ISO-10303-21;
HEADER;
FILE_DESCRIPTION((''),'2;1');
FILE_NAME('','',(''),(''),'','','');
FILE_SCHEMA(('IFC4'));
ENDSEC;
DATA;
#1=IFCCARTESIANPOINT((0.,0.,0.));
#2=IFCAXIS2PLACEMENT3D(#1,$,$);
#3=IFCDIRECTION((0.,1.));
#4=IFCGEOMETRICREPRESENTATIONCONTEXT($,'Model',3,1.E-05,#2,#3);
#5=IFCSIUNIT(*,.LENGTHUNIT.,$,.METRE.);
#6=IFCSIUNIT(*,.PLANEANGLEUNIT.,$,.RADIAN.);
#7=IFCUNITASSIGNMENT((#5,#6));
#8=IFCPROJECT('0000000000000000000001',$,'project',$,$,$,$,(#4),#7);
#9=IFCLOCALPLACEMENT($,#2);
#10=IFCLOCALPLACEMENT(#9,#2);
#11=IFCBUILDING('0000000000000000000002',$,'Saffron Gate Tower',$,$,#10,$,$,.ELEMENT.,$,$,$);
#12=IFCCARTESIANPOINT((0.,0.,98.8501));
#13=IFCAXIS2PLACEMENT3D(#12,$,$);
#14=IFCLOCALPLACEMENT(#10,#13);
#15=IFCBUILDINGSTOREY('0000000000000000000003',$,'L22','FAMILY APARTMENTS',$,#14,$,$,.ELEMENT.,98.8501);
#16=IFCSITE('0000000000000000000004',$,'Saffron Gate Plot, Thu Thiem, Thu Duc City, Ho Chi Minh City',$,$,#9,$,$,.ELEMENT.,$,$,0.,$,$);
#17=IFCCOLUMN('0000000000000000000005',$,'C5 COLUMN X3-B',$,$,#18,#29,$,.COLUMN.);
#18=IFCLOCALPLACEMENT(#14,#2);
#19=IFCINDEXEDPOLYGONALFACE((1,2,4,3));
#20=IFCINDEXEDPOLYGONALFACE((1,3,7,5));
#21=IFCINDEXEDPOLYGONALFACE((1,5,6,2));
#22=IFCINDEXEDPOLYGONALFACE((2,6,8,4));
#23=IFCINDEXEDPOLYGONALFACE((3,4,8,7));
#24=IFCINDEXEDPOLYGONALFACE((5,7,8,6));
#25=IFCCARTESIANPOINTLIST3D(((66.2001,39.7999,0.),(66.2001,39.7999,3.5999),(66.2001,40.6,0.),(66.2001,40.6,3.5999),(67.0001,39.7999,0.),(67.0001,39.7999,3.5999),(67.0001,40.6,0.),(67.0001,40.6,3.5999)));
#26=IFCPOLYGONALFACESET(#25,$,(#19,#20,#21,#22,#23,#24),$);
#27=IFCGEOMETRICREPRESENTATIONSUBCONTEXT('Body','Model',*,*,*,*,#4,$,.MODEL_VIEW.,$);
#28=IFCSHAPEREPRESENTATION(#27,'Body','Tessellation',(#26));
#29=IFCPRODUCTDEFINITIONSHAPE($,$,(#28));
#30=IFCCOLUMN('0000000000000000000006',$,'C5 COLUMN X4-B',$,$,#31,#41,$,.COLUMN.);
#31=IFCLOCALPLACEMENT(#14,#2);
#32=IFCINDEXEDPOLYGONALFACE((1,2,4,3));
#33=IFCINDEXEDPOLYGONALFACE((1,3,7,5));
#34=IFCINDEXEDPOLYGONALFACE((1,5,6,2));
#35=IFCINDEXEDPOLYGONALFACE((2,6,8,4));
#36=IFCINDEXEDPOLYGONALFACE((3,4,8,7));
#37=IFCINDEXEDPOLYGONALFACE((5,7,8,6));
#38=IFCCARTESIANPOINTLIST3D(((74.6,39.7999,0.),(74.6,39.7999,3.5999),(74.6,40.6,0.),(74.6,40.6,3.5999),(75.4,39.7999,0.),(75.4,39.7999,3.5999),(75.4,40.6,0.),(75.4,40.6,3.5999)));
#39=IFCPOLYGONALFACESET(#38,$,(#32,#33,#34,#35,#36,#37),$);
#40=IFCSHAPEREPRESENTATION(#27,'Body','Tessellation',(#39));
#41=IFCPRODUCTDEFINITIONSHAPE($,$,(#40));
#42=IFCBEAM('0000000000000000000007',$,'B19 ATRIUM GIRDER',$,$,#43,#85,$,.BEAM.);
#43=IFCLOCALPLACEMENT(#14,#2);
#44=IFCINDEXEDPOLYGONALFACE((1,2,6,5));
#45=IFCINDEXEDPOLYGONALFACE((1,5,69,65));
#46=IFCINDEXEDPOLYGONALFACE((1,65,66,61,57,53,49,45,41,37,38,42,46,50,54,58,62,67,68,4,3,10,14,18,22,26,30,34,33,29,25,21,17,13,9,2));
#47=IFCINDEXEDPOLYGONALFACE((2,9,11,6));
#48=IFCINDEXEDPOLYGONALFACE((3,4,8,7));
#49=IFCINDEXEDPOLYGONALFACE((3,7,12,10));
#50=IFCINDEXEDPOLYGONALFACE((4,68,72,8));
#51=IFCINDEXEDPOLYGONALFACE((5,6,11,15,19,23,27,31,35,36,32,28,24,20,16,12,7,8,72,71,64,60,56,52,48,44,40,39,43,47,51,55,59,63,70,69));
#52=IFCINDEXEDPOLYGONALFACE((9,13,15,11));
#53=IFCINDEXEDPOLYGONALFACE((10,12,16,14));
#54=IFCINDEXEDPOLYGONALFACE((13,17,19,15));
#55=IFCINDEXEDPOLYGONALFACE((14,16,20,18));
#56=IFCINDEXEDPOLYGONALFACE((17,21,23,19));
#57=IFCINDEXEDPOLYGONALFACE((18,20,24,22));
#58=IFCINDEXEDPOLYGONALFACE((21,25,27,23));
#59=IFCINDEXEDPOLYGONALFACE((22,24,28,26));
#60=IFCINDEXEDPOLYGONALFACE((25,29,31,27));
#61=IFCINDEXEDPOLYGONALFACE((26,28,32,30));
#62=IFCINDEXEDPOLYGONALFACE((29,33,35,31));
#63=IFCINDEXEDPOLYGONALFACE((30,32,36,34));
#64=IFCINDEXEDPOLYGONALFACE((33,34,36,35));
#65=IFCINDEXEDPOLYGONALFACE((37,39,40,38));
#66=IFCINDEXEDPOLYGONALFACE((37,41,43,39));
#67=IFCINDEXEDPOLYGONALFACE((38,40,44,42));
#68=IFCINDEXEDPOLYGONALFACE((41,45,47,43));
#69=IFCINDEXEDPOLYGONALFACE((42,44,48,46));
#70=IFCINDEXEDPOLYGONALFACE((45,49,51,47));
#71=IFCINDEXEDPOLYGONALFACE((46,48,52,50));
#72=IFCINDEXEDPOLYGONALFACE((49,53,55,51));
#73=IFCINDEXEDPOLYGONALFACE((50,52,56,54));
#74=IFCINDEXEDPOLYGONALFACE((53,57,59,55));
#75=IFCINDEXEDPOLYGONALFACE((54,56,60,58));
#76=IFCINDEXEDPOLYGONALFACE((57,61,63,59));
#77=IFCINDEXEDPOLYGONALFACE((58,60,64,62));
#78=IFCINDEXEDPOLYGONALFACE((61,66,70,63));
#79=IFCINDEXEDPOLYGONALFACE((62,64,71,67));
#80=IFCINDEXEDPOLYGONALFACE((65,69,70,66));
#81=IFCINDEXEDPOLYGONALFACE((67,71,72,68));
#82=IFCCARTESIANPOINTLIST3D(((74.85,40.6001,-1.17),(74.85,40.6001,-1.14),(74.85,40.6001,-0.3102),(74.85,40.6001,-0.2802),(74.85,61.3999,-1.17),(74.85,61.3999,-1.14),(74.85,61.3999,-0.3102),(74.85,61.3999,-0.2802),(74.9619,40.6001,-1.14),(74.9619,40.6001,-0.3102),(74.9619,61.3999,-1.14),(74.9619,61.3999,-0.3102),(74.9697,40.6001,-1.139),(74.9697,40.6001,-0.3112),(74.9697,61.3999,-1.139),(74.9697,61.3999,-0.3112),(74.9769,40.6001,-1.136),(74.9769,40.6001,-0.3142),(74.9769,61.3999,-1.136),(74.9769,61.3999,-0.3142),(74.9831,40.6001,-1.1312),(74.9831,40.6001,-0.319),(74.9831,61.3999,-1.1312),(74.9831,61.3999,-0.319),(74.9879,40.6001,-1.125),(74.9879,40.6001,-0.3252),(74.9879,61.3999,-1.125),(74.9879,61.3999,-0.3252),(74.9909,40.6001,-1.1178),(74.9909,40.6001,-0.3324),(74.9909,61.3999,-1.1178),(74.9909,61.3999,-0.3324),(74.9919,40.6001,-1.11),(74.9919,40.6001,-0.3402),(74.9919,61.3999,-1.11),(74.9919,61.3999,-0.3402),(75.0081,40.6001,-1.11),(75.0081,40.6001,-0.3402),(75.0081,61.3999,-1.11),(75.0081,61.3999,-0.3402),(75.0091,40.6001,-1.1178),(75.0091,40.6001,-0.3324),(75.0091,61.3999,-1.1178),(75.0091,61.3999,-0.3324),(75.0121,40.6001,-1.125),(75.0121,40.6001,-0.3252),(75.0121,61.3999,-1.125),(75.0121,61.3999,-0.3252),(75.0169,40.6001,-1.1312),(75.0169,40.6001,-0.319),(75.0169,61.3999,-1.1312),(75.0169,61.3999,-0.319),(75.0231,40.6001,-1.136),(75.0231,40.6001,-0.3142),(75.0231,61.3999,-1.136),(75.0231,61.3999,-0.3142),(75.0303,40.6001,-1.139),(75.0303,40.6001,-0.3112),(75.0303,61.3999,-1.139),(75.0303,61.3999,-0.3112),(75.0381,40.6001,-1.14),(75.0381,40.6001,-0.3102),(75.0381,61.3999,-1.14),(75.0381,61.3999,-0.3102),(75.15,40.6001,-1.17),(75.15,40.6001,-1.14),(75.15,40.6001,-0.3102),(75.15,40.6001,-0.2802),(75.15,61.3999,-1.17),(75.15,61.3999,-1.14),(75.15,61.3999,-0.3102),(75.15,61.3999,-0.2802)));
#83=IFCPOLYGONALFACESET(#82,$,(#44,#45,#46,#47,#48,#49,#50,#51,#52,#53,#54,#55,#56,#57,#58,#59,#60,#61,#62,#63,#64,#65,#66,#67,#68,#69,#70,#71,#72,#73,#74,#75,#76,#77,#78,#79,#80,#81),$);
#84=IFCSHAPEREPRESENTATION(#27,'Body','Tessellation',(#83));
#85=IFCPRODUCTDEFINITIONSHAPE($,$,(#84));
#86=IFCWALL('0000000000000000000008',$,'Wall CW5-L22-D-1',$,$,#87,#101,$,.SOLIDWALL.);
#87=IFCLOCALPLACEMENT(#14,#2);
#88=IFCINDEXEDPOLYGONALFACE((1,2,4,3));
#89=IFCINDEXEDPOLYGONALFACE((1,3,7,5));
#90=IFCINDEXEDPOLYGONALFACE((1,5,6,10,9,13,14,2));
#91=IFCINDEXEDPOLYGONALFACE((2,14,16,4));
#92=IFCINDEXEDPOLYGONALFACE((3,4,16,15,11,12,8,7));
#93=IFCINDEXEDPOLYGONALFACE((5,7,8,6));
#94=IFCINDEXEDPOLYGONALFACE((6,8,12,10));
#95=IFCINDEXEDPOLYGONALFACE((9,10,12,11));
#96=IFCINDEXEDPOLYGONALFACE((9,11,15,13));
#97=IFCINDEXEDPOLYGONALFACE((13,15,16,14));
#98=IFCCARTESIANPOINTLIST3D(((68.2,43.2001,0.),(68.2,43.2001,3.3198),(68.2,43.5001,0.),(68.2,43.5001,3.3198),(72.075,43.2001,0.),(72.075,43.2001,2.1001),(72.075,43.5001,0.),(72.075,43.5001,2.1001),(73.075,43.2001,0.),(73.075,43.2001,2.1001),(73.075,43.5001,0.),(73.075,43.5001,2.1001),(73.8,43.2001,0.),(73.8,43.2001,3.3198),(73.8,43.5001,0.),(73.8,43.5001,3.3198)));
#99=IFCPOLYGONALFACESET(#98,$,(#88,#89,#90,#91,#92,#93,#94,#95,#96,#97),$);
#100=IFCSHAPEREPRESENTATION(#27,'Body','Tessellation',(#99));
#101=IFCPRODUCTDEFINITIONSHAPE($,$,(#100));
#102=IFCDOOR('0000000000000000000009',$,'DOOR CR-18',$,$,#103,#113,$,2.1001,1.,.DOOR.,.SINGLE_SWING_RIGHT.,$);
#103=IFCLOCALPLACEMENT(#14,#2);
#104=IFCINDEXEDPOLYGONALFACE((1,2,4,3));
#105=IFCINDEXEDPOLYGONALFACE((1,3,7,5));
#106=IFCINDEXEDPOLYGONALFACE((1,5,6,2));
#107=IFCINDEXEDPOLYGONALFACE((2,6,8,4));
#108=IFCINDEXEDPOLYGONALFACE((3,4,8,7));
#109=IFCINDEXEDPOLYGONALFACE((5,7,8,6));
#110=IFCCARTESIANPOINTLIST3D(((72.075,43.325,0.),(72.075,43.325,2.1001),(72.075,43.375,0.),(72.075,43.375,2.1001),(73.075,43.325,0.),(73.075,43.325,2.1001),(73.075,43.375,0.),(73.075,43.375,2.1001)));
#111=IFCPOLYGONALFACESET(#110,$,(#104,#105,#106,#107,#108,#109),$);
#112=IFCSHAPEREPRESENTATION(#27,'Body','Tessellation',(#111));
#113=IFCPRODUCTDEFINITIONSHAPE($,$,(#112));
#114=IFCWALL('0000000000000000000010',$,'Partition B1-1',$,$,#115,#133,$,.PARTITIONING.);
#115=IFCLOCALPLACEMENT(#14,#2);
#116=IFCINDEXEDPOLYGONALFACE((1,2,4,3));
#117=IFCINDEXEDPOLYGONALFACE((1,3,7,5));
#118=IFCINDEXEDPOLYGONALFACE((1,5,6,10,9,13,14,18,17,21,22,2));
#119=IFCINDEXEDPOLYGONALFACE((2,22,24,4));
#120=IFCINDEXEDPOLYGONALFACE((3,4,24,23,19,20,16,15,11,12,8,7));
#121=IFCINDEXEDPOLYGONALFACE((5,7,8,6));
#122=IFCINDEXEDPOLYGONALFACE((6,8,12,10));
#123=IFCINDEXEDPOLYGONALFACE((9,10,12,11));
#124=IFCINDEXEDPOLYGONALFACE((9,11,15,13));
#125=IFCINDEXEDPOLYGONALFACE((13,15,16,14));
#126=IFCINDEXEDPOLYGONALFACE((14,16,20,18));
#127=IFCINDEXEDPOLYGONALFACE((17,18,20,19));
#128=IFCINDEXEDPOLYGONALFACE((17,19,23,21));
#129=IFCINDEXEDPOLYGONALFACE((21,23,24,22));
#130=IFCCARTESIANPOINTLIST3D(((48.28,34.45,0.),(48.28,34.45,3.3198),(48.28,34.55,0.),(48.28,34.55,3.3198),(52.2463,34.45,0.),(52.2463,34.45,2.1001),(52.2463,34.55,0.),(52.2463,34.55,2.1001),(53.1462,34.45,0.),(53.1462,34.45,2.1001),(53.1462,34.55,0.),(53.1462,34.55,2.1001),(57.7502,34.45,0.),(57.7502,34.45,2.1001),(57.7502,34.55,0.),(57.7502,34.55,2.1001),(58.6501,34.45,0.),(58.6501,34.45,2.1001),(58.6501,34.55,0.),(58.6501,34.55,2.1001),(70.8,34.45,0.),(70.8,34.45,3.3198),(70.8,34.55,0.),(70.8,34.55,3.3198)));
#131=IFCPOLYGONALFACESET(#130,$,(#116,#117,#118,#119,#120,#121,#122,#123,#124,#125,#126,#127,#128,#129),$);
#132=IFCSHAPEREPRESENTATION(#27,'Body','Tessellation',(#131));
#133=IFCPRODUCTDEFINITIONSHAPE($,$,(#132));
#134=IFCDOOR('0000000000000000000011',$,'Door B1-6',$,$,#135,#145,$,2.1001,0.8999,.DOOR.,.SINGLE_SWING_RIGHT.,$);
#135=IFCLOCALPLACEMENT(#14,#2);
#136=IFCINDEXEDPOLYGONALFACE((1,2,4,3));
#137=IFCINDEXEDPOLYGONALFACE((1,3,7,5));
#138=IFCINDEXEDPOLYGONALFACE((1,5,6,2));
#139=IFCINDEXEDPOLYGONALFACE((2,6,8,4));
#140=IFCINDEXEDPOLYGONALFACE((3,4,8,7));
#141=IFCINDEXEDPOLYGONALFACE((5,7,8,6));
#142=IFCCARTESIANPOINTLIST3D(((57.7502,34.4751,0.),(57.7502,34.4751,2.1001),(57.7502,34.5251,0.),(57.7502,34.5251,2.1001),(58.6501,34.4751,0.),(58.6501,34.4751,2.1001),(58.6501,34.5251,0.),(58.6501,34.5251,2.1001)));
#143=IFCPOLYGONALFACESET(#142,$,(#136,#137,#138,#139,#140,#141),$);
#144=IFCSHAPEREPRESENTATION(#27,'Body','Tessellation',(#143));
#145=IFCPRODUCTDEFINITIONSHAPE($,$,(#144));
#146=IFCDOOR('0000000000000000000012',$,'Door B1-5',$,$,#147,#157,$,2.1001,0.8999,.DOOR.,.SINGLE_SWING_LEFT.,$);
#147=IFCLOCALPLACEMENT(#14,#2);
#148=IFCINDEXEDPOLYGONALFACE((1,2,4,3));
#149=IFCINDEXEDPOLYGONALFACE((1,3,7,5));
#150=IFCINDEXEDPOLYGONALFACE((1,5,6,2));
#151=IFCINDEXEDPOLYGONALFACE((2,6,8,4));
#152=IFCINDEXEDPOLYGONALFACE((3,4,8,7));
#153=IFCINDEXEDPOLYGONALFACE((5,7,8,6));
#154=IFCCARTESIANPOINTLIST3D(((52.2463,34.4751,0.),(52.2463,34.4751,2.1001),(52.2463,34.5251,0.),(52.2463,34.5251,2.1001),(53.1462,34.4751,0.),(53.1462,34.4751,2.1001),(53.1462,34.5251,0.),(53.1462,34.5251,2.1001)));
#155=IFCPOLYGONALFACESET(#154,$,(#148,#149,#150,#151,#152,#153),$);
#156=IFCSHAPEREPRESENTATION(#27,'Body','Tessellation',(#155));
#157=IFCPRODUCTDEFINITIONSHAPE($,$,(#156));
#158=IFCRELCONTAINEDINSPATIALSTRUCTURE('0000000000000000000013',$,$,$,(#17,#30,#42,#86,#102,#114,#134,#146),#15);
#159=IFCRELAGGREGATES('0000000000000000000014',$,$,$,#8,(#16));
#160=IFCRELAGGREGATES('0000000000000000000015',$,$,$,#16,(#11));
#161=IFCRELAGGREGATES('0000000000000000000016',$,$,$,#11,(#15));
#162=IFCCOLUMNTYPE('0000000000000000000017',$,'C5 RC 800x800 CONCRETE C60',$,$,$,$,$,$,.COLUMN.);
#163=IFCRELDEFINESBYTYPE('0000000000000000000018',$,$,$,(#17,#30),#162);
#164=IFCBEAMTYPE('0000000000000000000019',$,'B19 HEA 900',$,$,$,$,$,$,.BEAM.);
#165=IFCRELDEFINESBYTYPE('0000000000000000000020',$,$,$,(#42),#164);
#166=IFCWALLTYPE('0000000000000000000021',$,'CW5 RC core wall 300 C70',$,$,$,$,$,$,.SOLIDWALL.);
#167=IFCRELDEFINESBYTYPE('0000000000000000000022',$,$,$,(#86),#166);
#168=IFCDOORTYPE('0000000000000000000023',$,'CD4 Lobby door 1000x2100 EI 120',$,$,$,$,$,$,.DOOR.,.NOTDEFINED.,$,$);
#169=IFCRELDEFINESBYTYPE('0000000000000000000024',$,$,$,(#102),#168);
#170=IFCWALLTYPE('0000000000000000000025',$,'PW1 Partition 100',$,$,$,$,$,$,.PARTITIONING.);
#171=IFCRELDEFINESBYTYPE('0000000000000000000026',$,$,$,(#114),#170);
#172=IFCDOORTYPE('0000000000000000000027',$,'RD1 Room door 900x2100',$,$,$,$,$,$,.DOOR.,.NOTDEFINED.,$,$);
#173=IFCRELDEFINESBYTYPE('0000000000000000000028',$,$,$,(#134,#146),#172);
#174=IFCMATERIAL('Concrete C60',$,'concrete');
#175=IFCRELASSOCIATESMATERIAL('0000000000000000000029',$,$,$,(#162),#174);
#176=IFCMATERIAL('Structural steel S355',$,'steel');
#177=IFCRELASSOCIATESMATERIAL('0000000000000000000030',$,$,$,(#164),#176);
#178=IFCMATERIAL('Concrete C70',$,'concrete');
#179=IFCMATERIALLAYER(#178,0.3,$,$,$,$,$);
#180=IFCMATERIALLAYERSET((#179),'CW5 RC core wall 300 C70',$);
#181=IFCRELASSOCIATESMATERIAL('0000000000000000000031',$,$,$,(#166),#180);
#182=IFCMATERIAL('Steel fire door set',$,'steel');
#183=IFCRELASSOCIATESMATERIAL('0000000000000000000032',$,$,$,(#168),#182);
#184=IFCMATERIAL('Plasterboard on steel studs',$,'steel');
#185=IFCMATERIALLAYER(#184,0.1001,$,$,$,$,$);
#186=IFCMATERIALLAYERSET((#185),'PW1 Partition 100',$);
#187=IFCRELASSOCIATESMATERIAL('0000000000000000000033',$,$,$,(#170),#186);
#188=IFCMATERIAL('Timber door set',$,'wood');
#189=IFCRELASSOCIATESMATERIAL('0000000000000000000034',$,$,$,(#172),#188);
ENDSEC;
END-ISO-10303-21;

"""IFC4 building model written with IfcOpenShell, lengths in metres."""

from ifc_helpers import new_model, si_unit, direction, frame, frame_2d, origin, origin_2d, place, context, subcontext, project, spatial, rectangle, i_section, extrude, material, layer, layer_set, material_profile, profile_set, type_object, element, fill, save


model = new_model("IFC4")

# Units and contexts
model_context = context("Model", 3, precision=1e-05, world=origin(), true_north=direction((0.0, 1.0)))
body_context = subcontext(model_context, "Body", "Model", "MODEL_VIEW")
ifc_project = project(units=[si_unit("LENGTHUNIT", "METRE"), si_unit("PLANEANGLEUNIT", "RADIAN")], contexts=[model_context])

# Site, building, storey
site_placement = place(None, origin())
site = spatial("IfcSite", under=ifc_project, at=site_placement, Name="Saffron Gate Plot, Thu Thiem, Thu Duc City, Ho Chi Minh City", CompositionType="ELEMENT", RefElevation=0.0)
building_placement = place(site_placement, origin())
building = spatial("IfcBuilding", under=site, at=building_placement, Name="Saffron Gate Tower", CompositionType="ELEMENT")
storey_placement = place(building_placement, frame((0.0, 0.0, 98.8501)))
storey = spatial("IfcBuildingStorey", under=building, at=storey_placement, Name="L22", Description="FAMILY APARTMENTS", CompositionType="ELEMENT", Elevation=98.8501)

# Columns
ifc_material_1 = material(Name="Concrete C60", Category="concrete")
ifc_material_profile_1 = material_profile(ifc_material_1, rectangle(XDim=0.8, YDim=0.8, at=origin_2d()))
ifc_profile_set_1 = profile_set([ifc_material_profile_1], Name="Concrete C60")
column_type = type_object("IfcColumnType", Name="C5 RC 800x800 CONCRETE C60", PredefinedType="COLUMN", material=ifc_profile_set_1)
for number, where, z_axis, x_axis, name in (
    (1, (66.6001, 40.2, 0.0), (0.0, 0.0, 1.0), (1.0, 0.0, 0.0), "C5 COLUMN X3-B"),
    (2, (75.0, 40.2, 0.0), (0.0, 0.0, 1.0), (1.0, 0.0, 0.0), "C5 COLUMN X4-B"),
):
    element("IfcColumn", number, at=place(storey_placement, frame(where, z_axis=z_axis, x_axis=x_axis)), inside=storey, type_object=column_type, Name=name, PredefinedType="COLUMN", context=body_context, shape_type="SweptSolid", body=[
        extrude(rectangle(XDim=0.8, YDim=0.8, at=origin_2d()), origin(), (0.0, 0.0, 1.0), 3.5999),
    ])

# Beam
ifc_material_2 = material(Name="Structural steel S355", Category="steel")
ifc_material_profile_2 = material_profile(ifc_material_2, i_section(OverallWidth=0.3, OverallDepth=0.8899, WebThickness=0.0161, FlangeThickness=0.03, FilletRadius=0.03, at=origin_2d()))
ifc_profile_set_2 = profile_set([ifc_material_profile_2], Name="Structural steel S355")
beam_type = type_object("IfcBeamType", Name="B19 HEA 900", PredefinedType="BEAM", material=ifc_profile_set_2)
beam_placement = place(storey_placement, frame((75.0, 40.6001, -0.7251), z_axis=(0.0, 1.0, 0.0), x_axis=(-1.0, 0.0, 0.0)))
element("IfcBeam", 3, at=beam_placement, inside=storey, type_object=beam_type, Name="B19 ATRIUM GIRDER", PredefinedType="BEAM", context=body_context, shape_type="SweptSolid", body=[
    extrude(i_section(OverallWidth=0.3, OverallDepth=0.8899, WebThickness=0.0161, FlangeThickness=0.03, FilletRadius=0.03, at=origin_2d()), origin(), (0.0, 0.0, 1.0), 20.7998),
])

# Wall, opening, door
ifc_material_3 = material(Name="Concrete C70", Category="concrete")
ifc_layer_1 = layer(ifc_material_3, 0.3)
ifc_layer_set_1 = layer_set([ifc_layer_1], Name="CW5 RC core wall 300 C70")
wall_type_1 = type_object("IfcWallType", Name="CW5 RC core wall 300 C70", PredefinedType="SOLIDWALL", material=ifc_layer_set_1)
wall_1_placement = place(storey_placement, frame((68.2, 43.3501, 0.0), z_axis=(0.0, 0.0, 1.0), x_axis=(1.0, 0.0, 0.0)))
wall_1 = element("IfcWall", 4, at=wall_1_placement, inside=storey, type_object=wall_type_1, Name="Wall CW5-L22-D-1", PredefinedType="SOLIDWALL", context=body_context, shape_type="SweptSolid", body=[
    extrude(rectangle(XDim=5.6001, YDim=0.3, at=frame_2d((2.8, 0.0))), origin(), (0.0, 0.0, 1.0), 3.3198),
])
opening_1_placement = place(wall_1_placement, frame((3.875, 0.0, 0.0)))
opening_1 = element("IfcOpeningElement", 5, at=opening_1_placement, cuts=wall_1, PredefinedType="OPENING", context=body_context, shape_type="SweptSolid", body=[
    extrude(rectangle(XDim=1.0, YDim=2.1001, at=frame_2d((0.5, 1.05))), frame((0.0, 0.1602, 0.0), z_axis=(0.0, -1.0, 0.0), x_axis=(1.0, 0.0, 0.0)), (0.0, 0.0, 1.0), 0.3201),
])
ifc_material_4 = material(Name="Steel fire door set", Category="steel")
door_type_1 = type_object("IfcDoorType", Name="CD4 Lobby door 1000x2100 EI 120", OperationType="NOTDEFINED", PredefinedType="DOOR", material=ifc_material_4)
door_1_placement = place(opening_1_placement, origin())
door_1 = element("IfcDoor", 6, at=door_1_placement, inside=storey, type_object=door_type_1, Name="DOOR CR-18", OperationType="SINGLE_SWING_RIGHT", OverallHeight=2.1001, OverallWidth=1.0, PredefinedType="DOOR", context=body_context, shape_type="SweptSolid", body=[
    extrude(rectangle(XDim=1.0, YDim=2.1001, at=frame_2d((0.5, 1.05))), frame((0.0, 0.0249, 0.0), z_axis=(0.0, -1.0, 0.0), x_axis=(1.0, 0.0, 0.0)), (0.0, 0.0, 1.0), 0.05),
])
fill(opening_1, door_1)

# Wall, openings, doors
ifc_material_5 = material(Name="Plasterboard on steel studs", Category="steel")
ifc_layer_2 = layer(ifc_material_5, 0.1001)
ifc_layer_set_2 = layer_set([ifc_layer_2], Name="PW1 Partition 100")
wall_type_2 = type_object("IfcWallType", Name="PW1 Partition 100", PredefinedType="PARTITIONING", material=ifc_layer_set_2)
wall_2_placement = place(storey_placement, frame((70.8, 34.5, 0.0), z_axis=(0.0, 0.0, 1.0), x_axis=(-1.0, 0.0, 0.0)))
wall_2 = element("IfcWall", 7, at=wall_2_placement, inside=storey, type_object=wall_type_2, Name="Partition B1-1", PredefinedType="PARTITIONING", context=body_context, shape_type="SweptSolid", body=[
    extrude(rectangle(XDim=22.52, YDim=0.1001, at=frame_2d((11.26, 0.0))), origin(), (0.0, 0.0, 1.0), 3.3198),
])
opening_2_placement = place(wall_2_placement, frame((12.1499, 0.0, 0.0)))
opening_2 = element("IfcOpeningElement", 8, at=opening_2_placement, cuts=wall_2, PredefinedType="OPENING", context=body_context, shape_type="SweptSolid", body=[
    extrude(rectangle(XDim=0.8999, YDim=2.1001, at=frame_2d((0.45, 1.05))), frame((0.0, 0.0601, 0.0), z_axis=(0.0, -1.0, 0.0), x_axis=(1.0, 0.0, 0.0)), (0.0, 0.0, 1.0), 0.1201),
])
opening_3_placement = place(wall_2_placement, frame((17.6538, 0.0, 0.0)))
opening_3 = element("IfcOpeningElement", 9, at=opening_3_placement, cuts=wall_2, PredefinedType="OPENING", context=body_context, shape_type="SweptSolid", body=[
    extrude(rectangle(XDim=0.8999, YDim=2.1001, at=frame_2d((0.45, 1.05))), frame((0.0, 0.0601, 0.0), z_axis=(0.0, -1.0, 0.0), x_axis=(1.0, 0.0, 0.0)), (0.0, 0.0, 1.0), 0.1201),
])
ifc_material_6 = material(Name="Timber door set", Category="wood")
door_type_2 = type_object("IfcDoorType", Name="RD1 Room door 900x2100", OperationType="NOTDEFINED", PredefinedType="DOOR", material=ifc_material_6)
door_2_placement = place(opening_2_placement, origin())
door_2 = element("IfcDoor", 10, at=door_2_placement, inside=storey, type_object=door_type_2, Name="Door B1-6", OperationType="SINGLE_SWING_RIGHT", OverallHeight=2.1001, OverallWidth=0.8999, PredefinedType="DOOR", context=body_context, shape_type="SweptSolid", body=[
    extrude(rectangle(XDim=0.8999, YDim=2.1001, at=frame_2d((0.45, 1.05))), frame((0.0, 0.0249, 0.0), z_axis=(0.0, -1.0, 0.0), x_axis=(1.0, 0.0, 0.0)), (0.0, 0.0, 1.0), 0.05),
])
fill(opening_2, door_2)
door_3_placement = place(opening_3_placement, origin())
door_3 = element("IfcDoor", 11, at=door_3_placement, inside=storey, type_object=door_type_2, Name="Door B1-5", OperationType="SINGLE_SWING_LEFT", OverallHeight=2.1001, OverallWidth=0.8999, PredefinedType="DOOR", context=body_context, shape_type="SweptSolid", body=[
    extrude(rectangle(XDim=0.8999, YDim=2.1001, at=frame_2d((0.45, 1.05))), frame((0.0, 0.0249, 0.0), z_axis=(0.0, -1.0, 0.0), x_axis=(1.0, 0.0, 0.0)), (0.0, 0.0, 1.0), 0.05),
])
fill(opening_3, door_3)

save(model, "model.ifc")
